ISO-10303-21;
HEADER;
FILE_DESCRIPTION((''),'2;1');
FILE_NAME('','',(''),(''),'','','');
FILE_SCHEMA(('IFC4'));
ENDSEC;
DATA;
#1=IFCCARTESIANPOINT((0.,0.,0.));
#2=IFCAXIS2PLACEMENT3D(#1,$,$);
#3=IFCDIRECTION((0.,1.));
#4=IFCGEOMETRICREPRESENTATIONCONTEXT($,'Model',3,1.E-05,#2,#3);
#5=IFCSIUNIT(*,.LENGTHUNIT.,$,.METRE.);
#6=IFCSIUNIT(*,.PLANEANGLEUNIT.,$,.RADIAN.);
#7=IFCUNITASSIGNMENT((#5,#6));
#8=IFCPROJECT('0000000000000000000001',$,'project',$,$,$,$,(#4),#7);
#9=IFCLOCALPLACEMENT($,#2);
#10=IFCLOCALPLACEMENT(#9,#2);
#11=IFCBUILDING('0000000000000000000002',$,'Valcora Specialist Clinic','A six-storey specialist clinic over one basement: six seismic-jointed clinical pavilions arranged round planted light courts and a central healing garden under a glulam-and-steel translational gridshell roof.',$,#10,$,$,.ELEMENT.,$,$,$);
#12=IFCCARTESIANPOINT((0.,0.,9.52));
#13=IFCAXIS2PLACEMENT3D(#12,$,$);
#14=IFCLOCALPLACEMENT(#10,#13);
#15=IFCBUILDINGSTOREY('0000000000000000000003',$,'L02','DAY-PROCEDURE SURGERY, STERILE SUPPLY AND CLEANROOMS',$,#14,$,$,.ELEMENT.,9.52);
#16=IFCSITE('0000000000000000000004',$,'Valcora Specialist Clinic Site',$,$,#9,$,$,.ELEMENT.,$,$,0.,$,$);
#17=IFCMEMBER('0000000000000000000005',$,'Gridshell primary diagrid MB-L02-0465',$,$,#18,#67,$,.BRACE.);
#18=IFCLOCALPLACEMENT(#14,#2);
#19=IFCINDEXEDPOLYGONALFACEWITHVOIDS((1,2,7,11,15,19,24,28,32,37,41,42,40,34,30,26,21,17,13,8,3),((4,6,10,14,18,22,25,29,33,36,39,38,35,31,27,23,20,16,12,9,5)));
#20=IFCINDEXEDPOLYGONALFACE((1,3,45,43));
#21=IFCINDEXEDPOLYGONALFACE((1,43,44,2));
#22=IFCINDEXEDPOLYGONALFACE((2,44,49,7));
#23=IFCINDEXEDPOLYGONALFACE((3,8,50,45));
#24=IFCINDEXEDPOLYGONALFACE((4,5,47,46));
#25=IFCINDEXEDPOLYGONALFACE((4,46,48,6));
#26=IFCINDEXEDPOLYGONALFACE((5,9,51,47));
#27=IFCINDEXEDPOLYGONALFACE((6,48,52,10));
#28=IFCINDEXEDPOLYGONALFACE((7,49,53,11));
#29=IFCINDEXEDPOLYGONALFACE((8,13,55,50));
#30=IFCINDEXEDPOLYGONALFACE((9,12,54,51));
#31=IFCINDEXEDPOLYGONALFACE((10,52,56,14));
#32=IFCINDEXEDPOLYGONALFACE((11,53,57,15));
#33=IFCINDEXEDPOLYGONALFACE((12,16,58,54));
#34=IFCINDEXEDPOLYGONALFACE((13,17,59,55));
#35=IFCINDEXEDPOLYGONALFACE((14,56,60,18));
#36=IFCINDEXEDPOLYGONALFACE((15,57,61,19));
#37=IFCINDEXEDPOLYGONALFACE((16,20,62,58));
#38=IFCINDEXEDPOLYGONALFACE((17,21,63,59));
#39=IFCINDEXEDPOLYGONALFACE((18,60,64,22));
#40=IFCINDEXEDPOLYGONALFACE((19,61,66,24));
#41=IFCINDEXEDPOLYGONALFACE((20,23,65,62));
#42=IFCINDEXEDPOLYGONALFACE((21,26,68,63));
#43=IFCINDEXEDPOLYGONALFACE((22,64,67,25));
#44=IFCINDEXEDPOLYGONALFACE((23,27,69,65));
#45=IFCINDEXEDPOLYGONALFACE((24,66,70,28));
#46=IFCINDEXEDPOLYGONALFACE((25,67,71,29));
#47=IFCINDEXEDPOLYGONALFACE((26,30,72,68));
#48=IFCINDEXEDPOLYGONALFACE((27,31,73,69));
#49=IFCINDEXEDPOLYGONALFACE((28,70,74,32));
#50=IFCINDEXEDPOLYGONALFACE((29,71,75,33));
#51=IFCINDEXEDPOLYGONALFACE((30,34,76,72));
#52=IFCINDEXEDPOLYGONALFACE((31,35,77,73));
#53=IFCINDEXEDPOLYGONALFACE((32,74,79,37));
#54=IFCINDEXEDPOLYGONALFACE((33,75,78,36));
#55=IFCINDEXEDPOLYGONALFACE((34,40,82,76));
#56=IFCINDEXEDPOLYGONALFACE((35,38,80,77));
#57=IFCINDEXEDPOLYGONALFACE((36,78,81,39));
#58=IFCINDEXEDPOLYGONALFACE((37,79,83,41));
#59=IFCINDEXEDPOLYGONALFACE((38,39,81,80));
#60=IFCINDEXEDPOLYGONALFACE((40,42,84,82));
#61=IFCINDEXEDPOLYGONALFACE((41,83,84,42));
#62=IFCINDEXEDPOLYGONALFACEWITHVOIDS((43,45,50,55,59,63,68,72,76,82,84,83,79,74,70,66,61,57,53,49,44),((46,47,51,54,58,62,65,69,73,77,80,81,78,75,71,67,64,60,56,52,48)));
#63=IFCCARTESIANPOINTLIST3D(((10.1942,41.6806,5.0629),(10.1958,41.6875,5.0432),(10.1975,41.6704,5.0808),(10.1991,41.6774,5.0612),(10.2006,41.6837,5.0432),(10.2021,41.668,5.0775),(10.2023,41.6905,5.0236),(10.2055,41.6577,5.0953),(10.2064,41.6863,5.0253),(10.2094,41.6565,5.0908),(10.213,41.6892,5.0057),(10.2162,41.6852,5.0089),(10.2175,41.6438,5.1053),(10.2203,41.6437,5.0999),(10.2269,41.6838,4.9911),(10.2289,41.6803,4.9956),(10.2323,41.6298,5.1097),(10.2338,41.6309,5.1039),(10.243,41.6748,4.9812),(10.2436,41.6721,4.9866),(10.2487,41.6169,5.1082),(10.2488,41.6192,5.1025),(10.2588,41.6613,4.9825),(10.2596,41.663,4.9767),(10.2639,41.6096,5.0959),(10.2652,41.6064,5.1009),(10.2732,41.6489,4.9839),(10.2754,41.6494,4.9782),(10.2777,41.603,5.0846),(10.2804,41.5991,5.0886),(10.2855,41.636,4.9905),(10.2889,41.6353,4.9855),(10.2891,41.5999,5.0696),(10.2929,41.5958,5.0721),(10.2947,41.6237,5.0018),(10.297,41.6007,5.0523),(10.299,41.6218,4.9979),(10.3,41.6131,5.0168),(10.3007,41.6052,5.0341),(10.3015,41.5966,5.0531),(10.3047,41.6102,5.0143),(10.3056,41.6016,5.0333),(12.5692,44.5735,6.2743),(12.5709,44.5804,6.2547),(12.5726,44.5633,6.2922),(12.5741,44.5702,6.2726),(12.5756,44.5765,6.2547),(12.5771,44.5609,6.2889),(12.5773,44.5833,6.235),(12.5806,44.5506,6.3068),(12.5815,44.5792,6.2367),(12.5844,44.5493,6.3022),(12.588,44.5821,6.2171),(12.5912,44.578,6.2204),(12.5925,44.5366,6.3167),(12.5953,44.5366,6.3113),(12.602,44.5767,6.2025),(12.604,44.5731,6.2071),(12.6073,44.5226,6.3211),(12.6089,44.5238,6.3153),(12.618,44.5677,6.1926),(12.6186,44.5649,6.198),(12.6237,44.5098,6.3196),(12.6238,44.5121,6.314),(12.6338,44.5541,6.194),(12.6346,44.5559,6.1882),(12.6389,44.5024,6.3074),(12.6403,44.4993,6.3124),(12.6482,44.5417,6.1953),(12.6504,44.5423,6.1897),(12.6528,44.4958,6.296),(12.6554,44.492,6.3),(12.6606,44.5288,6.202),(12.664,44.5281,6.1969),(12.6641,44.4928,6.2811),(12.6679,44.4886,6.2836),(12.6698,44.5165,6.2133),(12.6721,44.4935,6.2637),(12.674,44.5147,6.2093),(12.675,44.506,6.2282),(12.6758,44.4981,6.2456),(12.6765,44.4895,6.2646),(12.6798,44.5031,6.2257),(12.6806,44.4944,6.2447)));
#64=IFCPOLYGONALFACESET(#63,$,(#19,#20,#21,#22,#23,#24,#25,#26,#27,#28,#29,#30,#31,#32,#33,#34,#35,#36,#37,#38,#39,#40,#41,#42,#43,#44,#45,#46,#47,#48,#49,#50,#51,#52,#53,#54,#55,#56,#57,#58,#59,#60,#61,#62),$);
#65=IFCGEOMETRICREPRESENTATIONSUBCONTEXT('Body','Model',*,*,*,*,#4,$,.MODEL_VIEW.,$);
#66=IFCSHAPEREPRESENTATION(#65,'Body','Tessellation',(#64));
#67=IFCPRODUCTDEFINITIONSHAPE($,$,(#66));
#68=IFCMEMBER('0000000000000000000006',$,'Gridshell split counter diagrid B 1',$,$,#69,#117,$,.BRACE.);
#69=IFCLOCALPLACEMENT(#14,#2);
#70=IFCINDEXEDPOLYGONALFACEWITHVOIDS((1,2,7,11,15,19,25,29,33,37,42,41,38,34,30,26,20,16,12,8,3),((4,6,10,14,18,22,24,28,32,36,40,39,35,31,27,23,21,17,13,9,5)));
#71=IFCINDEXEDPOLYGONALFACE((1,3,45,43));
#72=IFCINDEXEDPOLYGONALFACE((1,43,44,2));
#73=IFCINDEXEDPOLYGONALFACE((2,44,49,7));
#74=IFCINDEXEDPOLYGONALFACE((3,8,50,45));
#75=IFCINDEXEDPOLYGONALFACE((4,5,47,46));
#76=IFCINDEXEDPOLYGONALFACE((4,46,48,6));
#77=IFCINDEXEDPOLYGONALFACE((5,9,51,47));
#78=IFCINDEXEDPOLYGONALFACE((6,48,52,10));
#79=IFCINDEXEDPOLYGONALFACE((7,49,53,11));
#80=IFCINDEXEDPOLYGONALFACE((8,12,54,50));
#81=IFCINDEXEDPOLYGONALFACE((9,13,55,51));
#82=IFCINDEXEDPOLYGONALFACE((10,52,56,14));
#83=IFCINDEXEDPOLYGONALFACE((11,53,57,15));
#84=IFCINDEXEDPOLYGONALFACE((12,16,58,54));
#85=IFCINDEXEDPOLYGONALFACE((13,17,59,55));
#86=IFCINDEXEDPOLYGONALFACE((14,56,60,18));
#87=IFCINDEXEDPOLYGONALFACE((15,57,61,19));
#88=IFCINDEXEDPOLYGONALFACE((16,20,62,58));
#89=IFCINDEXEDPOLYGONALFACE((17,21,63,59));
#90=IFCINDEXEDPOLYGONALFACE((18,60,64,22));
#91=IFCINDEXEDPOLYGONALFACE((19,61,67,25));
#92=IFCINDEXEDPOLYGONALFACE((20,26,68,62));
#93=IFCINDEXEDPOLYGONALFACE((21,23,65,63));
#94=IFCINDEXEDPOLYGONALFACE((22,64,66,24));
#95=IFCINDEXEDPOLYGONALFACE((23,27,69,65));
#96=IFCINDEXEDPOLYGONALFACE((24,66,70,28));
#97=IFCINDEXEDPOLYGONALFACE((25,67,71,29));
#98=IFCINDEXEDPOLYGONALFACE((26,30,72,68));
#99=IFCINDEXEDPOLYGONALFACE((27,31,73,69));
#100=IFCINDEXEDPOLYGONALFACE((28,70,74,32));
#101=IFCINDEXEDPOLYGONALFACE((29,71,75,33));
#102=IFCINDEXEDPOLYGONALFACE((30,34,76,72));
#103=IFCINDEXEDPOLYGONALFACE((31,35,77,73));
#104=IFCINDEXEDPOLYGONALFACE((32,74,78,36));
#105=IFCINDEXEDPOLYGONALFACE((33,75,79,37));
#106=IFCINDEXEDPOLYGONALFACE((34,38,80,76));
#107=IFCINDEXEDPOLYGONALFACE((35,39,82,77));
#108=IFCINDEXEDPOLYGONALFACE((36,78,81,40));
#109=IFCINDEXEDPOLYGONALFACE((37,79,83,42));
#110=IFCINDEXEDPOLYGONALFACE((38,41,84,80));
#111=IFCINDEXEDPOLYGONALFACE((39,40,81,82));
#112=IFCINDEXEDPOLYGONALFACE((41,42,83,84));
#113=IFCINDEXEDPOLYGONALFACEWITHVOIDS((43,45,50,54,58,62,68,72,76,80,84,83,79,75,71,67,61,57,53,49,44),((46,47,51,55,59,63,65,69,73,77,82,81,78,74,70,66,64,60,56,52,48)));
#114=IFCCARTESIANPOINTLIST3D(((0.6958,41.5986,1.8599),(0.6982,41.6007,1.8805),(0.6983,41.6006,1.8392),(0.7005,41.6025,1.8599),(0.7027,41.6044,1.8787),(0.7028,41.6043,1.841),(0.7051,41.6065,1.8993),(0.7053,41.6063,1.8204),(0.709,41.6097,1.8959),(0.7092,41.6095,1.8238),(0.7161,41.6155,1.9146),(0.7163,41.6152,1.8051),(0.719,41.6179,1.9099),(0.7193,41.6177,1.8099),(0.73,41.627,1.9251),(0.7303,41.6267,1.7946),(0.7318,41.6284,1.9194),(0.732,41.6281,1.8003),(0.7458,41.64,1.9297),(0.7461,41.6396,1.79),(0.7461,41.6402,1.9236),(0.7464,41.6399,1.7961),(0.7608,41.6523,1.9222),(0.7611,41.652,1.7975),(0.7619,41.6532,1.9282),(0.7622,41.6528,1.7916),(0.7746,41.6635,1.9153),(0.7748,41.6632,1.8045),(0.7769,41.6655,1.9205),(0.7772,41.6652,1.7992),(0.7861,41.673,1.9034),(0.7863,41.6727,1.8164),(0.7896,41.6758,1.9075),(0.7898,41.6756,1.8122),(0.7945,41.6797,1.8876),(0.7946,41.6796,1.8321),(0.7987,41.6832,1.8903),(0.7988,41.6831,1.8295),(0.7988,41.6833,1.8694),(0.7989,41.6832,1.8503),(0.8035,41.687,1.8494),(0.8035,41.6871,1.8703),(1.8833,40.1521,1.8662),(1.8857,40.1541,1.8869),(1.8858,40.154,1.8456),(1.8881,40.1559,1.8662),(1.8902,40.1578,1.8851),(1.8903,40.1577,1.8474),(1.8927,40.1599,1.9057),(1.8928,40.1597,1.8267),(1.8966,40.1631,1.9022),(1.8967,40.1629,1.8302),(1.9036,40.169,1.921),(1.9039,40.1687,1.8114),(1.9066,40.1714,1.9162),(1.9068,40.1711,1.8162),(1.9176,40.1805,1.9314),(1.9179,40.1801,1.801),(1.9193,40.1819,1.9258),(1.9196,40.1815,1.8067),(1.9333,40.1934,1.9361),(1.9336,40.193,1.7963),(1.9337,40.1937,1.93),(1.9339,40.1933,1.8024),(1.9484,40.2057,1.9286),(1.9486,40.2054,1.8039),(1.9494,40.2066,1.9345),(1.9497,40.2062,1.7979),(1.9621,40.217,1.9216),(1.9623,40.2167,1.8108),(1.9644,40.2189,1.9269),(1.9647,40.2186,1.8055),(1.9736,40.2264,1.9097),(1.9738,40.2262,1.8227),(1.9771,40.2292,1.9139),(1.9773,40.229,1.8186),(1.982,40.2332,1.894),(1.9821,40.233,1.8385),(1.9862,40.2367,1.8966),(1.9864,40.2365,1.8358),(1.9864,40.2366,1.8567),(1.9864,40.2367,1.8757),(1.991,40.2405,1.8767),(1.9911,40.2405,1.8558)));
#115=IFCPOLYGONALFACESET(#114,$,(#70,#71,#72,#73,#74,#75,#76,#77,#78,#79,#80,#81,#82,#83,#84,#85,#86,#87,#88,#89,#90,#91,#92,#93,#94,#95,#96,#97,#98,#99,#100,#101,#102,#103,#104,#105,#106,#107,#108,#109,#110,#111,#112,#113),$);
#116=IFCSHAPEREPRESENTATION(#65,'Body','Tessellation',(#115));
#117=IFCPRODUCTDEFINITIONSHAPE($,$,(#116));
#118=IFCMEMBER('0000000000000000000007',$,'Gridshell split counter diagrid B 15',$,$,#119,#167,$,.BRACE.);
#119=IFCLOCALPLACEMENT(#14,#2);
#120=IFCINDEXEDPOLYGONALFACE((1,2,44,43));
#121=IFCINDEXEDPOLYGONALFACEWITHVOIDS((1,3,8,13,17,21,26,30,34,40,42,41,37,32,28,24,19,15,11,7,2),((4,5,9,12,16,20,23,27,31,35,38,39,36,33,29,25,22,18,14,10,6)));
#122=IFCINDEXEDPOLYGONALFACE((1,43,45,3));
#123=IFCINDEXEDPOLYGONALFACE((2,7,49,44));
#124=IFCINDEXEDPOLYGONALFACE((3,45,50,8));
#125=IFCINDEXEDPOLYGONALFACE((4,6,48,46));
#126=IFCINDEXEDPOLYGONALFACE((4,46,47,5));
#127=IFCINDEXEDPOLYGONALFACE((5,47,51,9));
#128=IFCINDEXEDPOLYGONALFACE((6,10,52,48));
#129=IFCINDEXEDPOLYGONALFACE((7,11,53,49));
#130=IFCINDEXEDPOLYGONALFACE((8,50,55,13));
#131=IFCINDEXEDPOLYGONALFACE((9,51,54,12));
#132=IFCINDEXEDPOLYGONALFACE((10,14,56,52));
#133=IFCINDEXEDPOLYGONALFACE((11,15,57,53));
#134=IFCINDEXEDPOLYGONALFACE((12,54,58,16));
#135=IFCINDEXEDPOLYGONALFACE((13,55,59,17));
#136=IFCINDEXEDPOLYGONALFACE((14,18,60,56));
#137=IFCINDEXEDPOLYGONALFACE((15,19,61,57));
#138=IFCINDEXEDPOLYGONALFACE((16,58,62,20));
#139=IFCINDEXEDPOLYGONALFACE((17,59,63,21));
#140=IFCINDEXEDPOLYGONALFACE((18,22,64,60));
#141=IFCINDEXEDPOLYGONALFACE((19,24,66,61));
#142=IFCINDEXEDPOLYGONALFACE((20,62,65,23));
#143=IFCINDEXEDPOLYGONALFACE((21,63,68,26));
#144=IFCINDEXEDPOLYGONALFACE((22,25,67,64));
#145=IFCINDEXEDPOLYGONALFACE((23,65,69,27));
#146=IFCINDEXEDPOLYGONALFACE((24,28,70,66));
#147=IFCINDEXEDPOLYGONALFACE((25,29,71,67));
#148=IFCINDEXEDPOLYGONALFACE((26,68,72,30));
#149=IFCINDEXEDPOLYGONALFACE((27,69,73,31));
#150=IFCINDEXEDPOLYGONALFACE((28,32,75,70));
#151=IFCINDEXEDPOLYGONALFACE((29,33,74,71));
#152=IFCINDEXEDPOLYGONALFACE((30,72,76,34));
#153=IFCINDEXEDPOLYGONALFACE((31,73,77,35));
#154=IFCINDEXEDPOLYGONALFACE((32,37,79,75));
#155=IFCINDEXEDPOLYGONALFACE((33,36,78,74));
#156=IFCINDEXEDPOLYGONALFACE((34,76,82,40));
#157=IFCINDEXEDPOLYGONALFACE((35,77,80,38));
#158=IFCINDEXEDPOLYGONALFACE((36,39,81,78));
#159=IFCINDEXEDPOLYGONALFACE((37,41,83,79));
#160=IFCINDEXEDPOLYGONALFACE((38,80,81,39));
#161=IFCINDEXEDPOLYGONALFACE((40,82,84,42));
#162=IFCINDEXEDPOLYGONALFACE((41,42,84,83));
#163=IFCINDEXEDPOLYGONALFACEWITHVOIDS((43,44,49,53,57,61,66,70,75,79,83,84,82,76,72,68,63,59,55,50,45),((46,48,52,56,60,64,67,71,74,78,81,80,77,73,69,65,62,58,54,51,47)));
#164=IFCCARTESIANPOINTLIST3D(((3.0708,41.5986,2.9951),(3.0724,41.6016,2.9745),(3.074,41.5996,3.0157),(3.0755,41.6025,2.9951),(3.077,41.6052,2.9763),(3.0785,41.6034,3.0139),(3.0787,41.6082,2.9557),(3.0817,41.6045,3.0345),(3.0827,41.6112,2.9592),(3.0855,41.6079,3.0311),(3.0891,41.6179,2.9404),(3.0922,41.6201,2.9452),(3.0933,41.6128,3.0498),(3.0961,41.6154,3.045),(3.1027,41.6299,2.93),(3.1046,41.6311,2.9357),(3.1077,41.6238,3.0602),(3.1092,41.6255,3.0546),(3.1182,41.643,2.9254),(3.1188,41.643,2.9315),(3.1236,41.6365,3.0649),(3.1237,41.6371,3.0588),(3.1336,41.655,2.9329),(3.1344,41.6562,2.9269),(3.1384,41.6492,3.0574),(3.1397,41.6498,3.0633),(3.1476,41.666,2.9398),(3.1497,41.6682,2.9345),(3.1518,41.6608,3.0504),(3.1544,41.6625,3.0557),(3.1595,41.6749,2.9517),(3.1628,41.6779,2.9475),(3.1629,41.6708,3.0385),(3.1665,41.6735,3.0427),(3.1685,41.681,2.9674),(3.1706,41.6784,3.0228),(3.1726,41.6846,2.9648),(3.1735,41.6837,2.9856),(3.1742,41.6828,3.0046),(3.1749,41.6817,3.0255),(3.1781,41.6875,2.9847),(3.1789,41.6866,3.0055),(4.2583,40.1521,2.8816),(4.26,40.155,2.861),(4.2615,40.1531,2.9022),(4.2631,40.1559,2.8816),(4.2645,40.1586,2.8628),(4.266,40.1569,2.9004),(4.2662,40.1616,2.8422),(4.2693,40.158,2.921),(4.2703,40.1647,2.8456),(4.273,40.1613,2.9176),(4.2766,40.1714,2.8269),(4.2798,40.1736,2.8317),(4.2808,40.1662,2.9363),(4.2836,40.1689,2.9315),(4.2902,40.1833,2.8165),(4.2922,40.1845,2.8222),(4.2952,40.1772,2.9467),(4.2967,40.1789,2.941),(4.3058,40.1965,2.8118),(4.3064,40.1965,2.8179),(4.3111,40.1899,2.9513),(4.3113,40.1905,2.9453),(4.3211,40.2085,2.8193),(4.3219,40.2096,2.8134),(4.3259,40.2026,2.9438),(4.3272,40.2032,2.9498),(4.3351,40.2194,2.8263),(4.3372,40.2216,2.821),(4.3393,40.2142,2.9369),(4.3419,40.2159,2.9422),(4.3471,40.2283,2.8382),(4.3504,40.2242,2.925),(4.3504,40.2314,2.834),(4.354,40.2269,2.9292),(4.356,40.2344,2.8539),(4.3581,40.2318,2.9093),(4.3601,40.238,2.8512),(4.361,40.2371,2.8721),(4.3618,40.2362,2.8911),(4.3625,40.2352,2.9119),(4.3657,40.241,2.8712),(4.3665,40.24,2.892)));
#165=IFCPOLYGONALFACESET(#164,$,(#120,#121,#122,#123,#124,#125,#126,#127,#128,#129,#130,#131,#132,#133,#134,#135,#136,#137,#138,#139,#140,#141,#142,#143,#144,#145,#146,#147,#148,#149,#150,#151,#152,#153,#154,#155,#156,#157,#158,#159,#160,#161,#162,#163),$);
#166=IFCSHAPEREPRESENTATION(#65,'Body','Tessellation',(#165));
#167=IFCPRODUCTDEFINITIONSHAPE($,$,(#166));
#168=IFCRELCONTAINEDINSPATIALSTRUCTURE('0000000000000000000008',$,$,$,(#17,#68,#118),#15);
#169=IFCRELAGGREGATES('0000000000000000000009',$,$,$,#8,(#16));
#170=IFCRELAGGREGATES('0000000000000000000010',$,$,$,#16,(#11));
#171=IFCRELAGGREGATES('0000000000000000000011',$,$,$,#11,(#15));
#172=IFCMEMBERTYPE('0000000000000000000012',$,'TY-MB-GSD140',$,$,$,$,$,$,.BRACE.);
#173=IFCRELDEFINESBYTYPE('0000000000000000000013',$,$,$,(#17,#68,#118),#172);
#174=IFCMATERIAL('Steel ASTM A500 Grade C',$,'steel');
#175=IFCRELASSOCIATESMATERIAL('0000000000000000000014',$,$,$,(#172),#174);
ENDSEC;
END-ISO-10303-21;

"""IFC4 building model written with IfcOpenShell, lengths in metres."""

from ifc_helpers import new_model, si_unit, direction, frame, origin, origin_2d, place, context, subcontext, project, spatial, hollow_circle, extrude, material, material_profile, profile_set, type_object, element, save


model = new_model("IFC4")

# Units and contexts
model_context = context("Model", 3, precision=1e-05, world=origin(), true_north=direction((0.0, 1.0)))
body_context = subcontext(model_context, "Body", "Model", "MODEL_VIEW")
ifc_project = project(units=[si_unit("LENGTHUNIT", "METRE"), si_unit("PLANEANGLEUNIT", "RADIAN")], contexts=[model_context])

# Site, building, storey
site_placement = place(None, origin())
site = spatial("IfcSite", under=ifc_project, at=site_placement, Name="Valcora Specialist Clinic Site", CompositionType="ELEMENT", RefElevation=0.0)
building_placement = place(site_placement, origin())
building = spatial("IfcBuilding", under=site, at=building_placement, Name="Valcora Specialist Clinic", Description="A six-storey specialist clinic over one basement: six seismic-jointed clinical pavilions arranged round planted light courts and a central healing garden under a glulam-and-steel translational gridshell roof.", CompositionType="ELEMENT")
storey_placement = place(building_placement, frame((0.0, 0.0, 9.52)))
storey = spatial("IfcBuildingStorey", under=building, at=storey_placement, Name="L02", Description="DAY-PROCEDURE SURGERY, STERILE SUPPLY AND CLEANROOMS", CompositionType="ELEMENT", Elevation=9.52)

# Members
ifc_material_1 = material(Name="Steel ASTM A500 Grade C", Category="steel")
ifc_material_profile_1 = material_profile(ifc_material_1, hollow_circle(Radius=0.0701, WallThickness=0.0061, at=origin_2d()), Name="ST-CHS-140X6")
ifc_profile_set_1 = profile_set([ifc_material_profile_1], Name="Steel ASTM A500 Grade C")
member_type_1 = type_object("IfcMemberType", Name="TY-MB-GSD140", PredefinedType="BRACE", material=ifc_profile_set_1)
member_1_placement = place(storey_placement, frame((10.25, 41.6431, 5.0432), z_axis=(0.603707, 0.735333, 0.307935), x_axis=(-0.77289, 0.63454, 0.0)))
element("IfcMember", 1, at=member_1_placement, inside=storey, type_object=member_type_1, Name="Gridshell primary diagrid MB-L02-0465", PredefinedType="BRACE", context=body_context, shape_type="SweptSolid", body=[
    extrude(hollow_circle(Radius=0.0701, WallThickness=0.0061, at=origin_2d()), origin(), (0.0, 0.0, 1.0), 3.9341),
])
member_2_placement = place(storey_placement, frame((1.9375, 40.1965, 1.8662), z_axis=(-0.634505, 0.772911, -0.003392), x_axis=(-0.772916, -0.634508, 0.0)))
element("IfcMember", 2, at=member_2_placement, inside=storey, type_object=member_type_1, Name="Gridshell split counter diagrid B 1", PredefinedType="BRACE", context=body_context, shape_type="SweptSolid", body=[
    extrude(hollow_circle(Radius=0.0701, WallThickness=0.0061, at=origin_2d()), origin(), (0.0, 0.0, 1.0), 1.8716),
])
member_3_placement = place(storey_placement, frame((4.3125, 40.1965, 2.8816), z_axis=(-0.633344, 0.771498, 0.060548), x_axis=(-0.772916, -0.634508, 0.0)))
element("IfcMember", 3, at=member_3_placement, inside=storey, type_object=member_type_1, Name="Gridshell split counter diagrid B 15", PredefinedType="BRACE", context=body_context, shape_type="SweptSolid", body=[
    extrude(hollow_circle(Radius=0.0701, WallThickness=0.0061, at=origin_2d()), origin(), (0.0, 0.0, 1.0), 1.875),
])

save(model, "model.ifc")
